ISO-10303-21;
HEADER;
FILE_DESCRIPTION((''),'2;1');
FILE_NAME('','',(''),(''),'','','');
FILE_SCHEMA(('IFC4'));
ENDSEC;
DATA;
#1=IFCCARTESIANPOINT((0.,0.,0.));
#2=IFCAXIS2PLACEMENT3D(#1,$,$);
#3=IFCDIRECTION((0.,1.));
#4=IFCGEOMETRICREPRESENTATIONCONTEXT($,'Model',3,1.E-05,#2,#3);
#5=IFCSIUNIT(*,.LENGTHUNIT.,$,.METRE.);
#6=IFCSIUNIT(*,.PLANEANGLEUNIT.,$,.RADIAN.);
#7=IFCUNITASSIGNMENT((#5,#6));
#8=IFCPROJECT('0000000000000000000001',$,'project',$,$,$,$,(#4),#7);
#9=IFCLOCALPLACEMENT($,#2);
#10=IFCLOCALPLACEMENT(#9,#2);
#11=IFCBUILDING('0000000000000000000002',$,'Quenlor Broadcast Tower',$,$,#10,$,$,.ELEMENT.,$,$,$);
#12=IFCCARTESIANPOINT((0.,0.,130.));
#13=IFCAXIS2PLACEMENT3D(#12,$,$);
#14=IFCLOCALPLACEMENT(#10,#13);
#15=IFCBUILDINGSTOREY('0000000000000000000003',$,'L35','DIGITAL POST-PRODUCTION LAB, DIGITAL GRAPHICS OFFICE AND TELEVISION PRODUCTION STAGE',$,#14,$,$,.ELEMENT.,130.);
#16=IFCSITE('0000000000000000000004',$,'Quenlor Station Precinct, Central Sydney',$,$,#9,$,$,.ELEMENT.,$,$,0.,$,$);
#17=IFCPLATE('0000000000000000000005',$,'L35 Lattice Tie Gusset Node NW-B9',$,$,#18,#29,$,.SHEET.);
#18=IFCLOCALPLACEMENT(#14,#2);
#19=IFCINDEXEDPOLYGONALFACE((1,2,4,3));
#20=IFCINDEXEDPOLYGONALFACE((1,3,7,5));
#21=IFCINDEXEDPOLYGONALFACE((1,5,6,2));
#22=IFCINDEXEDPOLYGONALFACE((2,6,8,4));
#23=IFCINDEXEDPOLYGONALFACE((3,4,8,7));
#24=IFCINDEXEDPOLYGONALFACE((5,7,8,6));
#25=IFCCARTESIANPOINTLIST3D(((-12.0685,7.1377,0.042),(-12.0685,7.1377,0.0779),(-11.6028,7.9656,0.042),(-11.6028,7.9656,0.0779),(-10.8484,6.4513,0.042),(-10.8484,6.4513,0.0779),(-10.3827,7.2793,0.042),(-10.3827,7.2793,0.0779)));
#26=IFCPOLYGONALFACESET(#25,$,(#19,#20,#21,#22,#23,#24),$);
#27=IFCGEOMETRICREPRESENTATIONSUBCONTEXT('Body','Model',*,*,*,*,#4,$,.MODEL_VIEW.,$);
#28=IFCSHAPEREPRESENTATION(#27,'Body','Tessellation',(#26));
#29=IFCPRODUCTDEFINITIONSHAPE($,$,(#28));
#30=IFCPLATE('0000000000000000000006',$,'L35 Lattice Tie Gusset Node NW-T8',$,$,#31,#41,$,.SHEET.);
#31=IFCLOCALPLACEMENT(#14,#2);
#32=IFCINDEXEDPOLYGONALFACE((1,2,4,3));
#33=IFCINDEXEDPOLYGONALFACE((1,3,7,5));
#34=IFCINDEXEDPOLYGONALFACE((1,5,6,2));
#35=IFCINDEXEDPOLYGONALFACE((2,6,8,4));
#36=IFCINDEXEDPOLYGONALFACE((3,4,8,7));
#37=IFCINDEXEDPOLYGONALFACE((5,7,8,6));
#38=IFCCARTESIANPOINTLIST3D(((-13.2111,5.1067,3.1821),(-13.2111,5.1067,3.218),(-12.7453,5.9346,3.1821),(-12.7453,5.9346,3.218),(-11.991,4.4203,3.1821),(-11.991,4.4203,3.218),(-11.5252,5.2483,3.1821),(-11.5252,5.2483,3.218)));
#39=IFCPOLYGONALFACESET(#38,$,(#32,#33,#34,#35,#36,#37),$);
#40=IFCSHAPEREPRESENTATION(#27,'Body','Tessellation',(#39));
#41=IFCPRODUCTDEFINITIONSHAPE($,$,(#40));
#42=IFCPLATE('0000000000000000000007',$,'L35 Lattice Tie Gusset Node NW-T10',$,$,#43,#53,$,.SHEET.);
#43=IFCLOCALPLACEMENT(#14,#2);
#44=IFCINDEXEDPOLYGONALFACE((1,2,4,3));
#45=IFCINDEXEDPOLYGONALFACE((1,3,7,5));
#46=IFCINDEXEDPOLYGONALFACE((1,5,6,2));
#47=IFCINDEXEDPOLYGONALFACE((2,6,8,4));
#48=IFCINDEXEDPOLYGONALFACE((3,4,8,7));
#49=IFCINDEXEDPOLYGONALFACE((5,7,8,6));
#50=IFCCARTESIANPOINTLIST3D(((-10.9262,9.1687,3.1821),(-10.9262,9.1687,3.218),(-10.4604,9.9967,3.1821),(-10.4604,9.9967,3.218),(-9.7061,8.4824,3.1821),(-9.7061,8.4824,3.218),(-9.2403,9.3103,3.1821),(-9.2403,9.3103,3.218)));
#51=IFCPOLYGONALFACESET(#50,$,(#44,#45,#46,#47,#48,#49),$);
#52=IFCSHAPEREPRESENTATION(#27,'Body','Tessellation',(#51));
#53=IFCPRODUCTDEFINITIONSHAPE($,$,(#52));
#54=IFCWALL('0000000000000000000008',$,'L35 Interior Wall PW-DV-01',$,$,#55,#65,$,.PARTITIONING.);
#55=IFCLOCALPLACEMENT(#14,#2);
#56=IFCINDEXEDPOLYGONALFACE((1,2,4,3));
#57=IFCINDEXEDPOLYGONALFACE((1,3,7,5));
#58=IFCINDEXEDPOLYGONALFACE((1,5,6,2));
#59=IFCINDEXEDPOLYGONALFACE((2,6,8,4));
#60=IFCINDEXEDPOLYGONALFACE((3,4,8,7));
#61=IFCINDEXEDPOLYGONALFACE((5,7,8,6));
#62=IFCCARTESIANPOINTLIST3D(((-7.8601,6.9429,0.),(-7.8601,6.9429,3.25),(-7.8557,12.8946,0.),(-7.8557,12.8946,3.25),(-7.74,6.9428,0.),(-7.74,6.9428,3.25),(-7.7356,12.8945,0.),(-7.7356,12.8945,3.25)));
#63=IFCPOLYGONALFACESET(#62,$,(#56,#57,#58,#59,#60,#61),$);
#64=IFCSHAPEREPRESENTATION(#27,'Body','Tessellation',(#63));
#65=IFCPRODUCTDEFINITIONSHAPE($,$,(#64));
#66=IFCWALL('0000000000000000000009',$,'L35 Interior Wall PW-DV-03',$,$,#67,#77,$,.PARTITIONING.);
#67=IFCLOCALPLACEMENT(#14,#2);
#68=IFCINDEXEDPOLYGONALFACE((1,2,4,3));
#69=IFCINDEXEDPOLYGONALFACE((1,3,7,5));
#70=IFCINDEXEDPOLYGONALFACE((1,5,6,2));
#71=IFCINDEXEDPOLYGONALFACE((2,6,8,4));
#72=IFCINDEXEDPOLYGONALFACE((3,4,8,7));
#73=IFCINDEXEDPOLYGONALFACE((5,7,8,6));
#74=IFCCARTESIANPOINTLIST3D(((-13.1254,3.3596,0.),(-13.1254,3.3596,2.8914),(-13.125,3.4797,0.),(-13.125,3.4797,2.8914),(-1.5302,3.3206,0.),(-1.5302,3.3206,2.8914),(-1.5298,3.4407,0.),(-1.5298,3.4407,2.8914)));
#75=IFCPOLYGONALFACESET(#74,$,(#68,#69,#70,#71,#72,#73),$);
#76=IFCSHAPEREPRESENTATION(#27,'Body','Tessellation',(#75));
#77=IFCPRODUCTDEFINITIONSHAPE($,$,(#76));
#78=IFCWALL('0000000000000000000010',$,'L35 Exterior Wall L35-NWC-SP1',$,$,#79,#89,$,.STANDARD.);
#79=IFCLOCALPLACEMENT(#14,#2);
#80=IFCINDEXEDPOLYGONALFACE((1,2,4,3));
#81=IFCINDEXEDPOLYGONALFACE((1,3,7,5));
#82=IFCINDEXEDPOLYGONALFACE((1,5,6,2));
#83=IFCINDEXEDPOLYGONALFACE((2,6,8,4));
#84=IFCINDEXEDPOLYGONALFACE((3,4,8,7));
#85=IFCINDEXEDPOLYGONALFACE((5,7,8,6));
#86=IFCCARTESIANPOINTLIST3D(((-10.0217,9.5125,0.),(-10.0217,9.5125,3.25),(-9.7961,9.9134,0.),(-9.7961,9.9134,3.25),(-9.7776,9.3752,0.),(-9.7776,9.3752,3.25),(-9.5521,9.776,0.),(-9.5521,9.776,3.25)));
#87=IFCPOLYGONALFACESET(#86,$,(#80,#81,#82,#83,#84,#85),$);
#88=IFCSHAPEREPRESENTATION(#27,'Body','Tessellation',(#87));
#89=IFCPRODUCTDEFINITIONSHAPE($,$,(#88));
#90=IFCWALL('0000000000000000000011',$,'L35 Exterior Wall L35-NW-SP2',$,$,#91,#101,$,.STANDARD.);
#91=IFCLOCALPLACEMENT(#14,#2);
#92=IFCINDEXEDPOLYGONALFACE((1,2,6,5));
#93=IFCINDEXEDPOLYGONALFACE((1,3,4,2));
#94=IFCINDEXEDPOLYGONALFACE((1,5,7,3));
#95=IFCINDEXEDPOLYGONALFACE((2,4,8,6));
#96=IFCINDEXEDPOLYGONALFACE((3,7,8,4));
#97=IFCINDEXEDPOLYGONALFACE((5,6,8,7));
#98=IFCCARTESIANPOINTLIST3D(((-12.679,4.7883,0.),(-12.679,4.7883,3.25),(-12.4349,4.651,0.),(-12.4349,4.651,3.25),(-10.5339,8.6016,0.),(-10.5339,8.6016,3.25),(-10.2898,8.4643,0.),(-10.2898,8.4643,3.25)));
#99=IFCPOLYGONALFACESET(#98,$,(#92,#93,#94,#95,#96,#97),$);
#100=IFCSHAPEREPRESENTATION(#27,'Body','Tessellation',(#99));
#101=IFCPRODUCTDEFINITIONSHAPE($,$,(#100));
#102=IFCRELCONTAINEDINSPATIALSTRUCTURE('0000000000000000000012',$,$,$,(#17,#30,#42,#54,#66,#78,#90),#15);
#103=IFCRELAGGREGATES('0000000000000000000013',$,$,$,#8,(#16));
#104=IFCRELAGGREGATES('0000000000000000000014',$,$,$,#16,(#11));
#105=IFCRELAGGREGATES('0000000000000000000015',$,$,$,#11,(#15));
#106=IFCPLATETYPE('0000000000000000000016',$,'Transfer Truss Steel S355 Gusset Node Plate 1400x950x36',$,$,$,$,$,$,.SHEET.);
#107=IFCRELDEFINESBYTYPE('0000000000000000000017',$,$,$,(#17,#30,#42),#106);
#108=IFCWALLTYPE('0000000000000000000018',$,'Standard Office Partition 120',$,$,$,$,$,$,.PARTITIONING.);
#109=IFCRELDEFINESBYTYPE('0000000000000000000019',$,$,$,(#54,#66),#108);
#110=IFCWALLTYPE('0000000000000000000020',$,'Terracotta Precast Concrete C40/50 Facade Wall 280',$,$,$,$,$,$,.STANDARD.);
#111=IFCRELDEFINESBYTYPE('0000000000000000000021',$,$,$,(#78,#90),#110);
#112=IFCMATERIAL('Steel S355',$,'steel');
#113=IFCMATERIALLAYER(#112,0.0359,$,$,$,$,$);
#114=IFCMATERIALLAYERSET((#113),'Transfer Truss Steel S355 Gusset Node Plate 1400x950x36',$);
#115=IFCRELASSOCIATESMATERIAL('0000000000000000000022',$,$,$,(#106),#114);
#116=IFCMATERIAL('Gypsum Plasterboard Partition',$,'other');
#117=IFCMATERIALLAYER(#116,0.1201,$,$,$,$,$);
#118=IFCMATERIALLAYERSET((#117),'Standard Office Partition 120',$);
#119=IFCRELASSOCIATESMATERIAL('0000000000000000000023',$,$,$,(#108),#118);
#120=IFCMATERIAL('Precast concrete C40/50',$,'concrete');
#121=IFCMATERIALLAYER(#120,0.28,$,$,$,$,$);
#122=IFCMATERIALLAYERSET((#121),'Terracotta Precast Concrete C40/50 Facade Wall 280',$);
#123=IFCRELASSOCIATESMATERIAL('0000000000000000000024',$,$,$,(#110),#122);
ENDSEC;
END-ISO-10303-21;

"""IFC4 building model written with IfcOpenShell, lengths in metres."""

from ifc_helpers import new_model, si_unit, direction, frame, frame_2d, origin, origin_2d, place, context, subcontext, project, spatial, rectangle, extrude, material, layer, layer_set, type_object, element, save


model = new_model("IFC4")

# Units and contexts
model_context = context("Model", 3, precision=1e-05, world=origin(), true_north=direction((0.0, 1.0)))
body_context = subcontext(model_context, "Body", "Model", "MODEL_VIEW")
ifc_project = project(units=[si_unit("LENGTHUNIT", "METRE"), si_unit("PLANEANGLEUNIT", "RADIAN")], contexts=[model_context])

# Site, building, storey
site_placement = place(None, origin())
site = spatial("IfcSite", under=ifc_project, at=site_placement, Name="Quenlor Station Precinct, Central Sydney", CompositionType="ELEMENT", RefElevation=0.0)
building_placement = place(site_placement, origin())
building = spatial("IfcBuilding", under=site, at=building_placement, Name="Quenlor Broadcast Tower", CompositionType="ELEMENT")
storey_placement = place(building_placement, frame((0.0, 0.0, 130.0)))
storey = spatial("IfcBuildingStorey", under=building, at=storey_placement, Name="L35", Description="DIGITAL POST-PRODUCTION LAB, DIGITAL GRAPHICS OFFICE AND TELEVISION PRODUCTION STAGE", CompositionType="ELEMENT", Elevation=130.0)

# Plates
ifc_material_1 = material(Name="Steel S355", Category="steel")
ifc_layer_1 = layer(ifc_material_1, 0.0359)
ifc_layer_set_1 = layer_set([ifc_layer_1], Name="Transfer Truss Steel S355 Gusset Node Plate 1400x950x36")
plate_type_1 = type_object("IfcPlateType", Name="Transfer Truss Steel S355 Gusset Node Plate 1400x950x36", PredefinedType="SHEET", material=ifc_layer_set_1)
for number, where, z_axis, x_axis, name in (
    (1, (-11.2256, 7.2085, 0.042), (0.0, 0.0, 1.0), (-0.871556, 0.490295, 0.0), "L35 Lattice Tie Gusset Node NW-B9"),
    (2, (-12.3682, 5.1775, 3.1821), (0.0, 0.0, 1.0), (-0.871556, 0.490295, 0.0), "L35 Lattice Tie Gusset Node NW-T8"),
    (3, (-10.0833, 9.2395, 3.1821), (0.0, 0.0, 1.0), (-0.871556, 0.490295, 0.0), "L35 Lattice Tie Gusset Node NW-T10"),
):
    element("IfcPlate", number, at=place(storey_placement, frame(where, z_axis=z_axis, x_axis=x_axis)), inside=storey, type_object=plate_type_1, Name=name, PredefinedType="SHEET", context=body_context, shape_type="SweptSolid", body=[
        extrude(rectangle(XDim=1.3999, YDim=0.95, at=origin_2d()), origin(), (0.0, 0.0, 1.0), 0.0359),
    ])

# Walls
ifc_material_2 = material(Name="Gypsum Plasterboard Partition", Category="other")
ifc_layer_2 = layer(ifc_material_2, 0.1201)
ifc_layer_set_2 = layer_set([ifc_layer_2], Name="Standard Office Partition 120")
wall_type_1 = type_object("IfcWallType", Name="Standard Office Partition 120", PredefinedType="PARTITIONING", material=ifc_layer_set_2)
wall_1_placement = place(storey_placement, frame((-7.8, 6.9429, 0.0), z_axis=(0.0, 0.0, 1.0), x_axis=(0.000738, 1.0, 0.0)))
element("IfcWall", 4, at=wall_1_placement, inside=storey, type_object=wall_type_1, Name="L35 Interior Wall PW-DV-01", PredefinedType="PARTITIONING", context=body_context, shape_type="SweptSolid", body=[
    extrude(rectangle(XDim=5.9517, YDim=0.1201, at=frame_2d((2.9758, 0.0))), origin(), (0.0, 0.0, 1.0), 3.25),
])
wall_2_placement = place(storey_placement, frame((-1.53, 3.3806, 0.0), z_axis=(0.0, 0.0, 1.0), x_axis=(-0.999994, 0.003369, 0.0)))
element("IfcWall", 5, at=wall_2_placement, inside=storey, type_object=wall_type_1, Name="L35 Interior Wall PW-DV-03", PredefinedType="PARTITIONING", context=body_context, shape_type="SweptSolid", body=[
    extrude(rectangle(XDim=11.5952, YDim=0.1201, at=frame_2d((5.7976, 0.0))), origin(), (0.0, 0.0, 1.0), 2.8914),
])
ifc_material_3 = material(Name="Precast concrete C40/50", Category="concrete")
ifc_layer_3 = layer(ifc_material_3, 0.28)
ifc_layer_set_3 = layer_set([ifc_layer_3], Name="Terracotta Precast Concrete C40/50 Facade Wall 280")
wall_type_2 = type_object("IfcWallType", Name="Terracotta Precast Concrete C40/50 Facade Wall 280", PredefinedType="STANDARD", material=ifc_layer_set_3)
wall_3_placement = place(storey_placement, frame((-9.8997, 9.4438, 0.0), z_axis=(0.0, 0.0, 1.0), x_axis=(0.490412, 0.87149, 0.0)))
element("IfcWall", 6, at=wall_3_placement, inside=storey, type_object=wall_type_2, Name="L35 Exterior Wall L35-NWC-SP1", PredefinedType="STANDARD", context=body_context, shape_type="SweptSolid", body=[
    extrude(rectangle(XDim=0.46, YDim=0.28, at=frame_2d((0.23, 0.0))), origin(), (0.0, 0.0, 1.0), 3.25),
])
wall_4_placement = place(storey_placement, frame((-12.5569, 4.7197, 0.0), z_axis=(0.0, 0.0, 1.0), x_axis=(0.490274, 0.871568, 0.0)))
element("IfcWall", 7, at=wall_4_placement, inside=storey, type_object=wall_type_2, Name="L35 Exterior Wall L35-NW-SP2", PredefinedType="STANDARD", context=body_context, shape_type="SweptSolid", body=[
    extrude(rectangle(XDim=4.3752, YDim=0.28, at=frame_2d((2.1875, 0.0))), origin(), (0.0, 0.0, 1.0), 3.25),
])

save(model, "model.ifc")
